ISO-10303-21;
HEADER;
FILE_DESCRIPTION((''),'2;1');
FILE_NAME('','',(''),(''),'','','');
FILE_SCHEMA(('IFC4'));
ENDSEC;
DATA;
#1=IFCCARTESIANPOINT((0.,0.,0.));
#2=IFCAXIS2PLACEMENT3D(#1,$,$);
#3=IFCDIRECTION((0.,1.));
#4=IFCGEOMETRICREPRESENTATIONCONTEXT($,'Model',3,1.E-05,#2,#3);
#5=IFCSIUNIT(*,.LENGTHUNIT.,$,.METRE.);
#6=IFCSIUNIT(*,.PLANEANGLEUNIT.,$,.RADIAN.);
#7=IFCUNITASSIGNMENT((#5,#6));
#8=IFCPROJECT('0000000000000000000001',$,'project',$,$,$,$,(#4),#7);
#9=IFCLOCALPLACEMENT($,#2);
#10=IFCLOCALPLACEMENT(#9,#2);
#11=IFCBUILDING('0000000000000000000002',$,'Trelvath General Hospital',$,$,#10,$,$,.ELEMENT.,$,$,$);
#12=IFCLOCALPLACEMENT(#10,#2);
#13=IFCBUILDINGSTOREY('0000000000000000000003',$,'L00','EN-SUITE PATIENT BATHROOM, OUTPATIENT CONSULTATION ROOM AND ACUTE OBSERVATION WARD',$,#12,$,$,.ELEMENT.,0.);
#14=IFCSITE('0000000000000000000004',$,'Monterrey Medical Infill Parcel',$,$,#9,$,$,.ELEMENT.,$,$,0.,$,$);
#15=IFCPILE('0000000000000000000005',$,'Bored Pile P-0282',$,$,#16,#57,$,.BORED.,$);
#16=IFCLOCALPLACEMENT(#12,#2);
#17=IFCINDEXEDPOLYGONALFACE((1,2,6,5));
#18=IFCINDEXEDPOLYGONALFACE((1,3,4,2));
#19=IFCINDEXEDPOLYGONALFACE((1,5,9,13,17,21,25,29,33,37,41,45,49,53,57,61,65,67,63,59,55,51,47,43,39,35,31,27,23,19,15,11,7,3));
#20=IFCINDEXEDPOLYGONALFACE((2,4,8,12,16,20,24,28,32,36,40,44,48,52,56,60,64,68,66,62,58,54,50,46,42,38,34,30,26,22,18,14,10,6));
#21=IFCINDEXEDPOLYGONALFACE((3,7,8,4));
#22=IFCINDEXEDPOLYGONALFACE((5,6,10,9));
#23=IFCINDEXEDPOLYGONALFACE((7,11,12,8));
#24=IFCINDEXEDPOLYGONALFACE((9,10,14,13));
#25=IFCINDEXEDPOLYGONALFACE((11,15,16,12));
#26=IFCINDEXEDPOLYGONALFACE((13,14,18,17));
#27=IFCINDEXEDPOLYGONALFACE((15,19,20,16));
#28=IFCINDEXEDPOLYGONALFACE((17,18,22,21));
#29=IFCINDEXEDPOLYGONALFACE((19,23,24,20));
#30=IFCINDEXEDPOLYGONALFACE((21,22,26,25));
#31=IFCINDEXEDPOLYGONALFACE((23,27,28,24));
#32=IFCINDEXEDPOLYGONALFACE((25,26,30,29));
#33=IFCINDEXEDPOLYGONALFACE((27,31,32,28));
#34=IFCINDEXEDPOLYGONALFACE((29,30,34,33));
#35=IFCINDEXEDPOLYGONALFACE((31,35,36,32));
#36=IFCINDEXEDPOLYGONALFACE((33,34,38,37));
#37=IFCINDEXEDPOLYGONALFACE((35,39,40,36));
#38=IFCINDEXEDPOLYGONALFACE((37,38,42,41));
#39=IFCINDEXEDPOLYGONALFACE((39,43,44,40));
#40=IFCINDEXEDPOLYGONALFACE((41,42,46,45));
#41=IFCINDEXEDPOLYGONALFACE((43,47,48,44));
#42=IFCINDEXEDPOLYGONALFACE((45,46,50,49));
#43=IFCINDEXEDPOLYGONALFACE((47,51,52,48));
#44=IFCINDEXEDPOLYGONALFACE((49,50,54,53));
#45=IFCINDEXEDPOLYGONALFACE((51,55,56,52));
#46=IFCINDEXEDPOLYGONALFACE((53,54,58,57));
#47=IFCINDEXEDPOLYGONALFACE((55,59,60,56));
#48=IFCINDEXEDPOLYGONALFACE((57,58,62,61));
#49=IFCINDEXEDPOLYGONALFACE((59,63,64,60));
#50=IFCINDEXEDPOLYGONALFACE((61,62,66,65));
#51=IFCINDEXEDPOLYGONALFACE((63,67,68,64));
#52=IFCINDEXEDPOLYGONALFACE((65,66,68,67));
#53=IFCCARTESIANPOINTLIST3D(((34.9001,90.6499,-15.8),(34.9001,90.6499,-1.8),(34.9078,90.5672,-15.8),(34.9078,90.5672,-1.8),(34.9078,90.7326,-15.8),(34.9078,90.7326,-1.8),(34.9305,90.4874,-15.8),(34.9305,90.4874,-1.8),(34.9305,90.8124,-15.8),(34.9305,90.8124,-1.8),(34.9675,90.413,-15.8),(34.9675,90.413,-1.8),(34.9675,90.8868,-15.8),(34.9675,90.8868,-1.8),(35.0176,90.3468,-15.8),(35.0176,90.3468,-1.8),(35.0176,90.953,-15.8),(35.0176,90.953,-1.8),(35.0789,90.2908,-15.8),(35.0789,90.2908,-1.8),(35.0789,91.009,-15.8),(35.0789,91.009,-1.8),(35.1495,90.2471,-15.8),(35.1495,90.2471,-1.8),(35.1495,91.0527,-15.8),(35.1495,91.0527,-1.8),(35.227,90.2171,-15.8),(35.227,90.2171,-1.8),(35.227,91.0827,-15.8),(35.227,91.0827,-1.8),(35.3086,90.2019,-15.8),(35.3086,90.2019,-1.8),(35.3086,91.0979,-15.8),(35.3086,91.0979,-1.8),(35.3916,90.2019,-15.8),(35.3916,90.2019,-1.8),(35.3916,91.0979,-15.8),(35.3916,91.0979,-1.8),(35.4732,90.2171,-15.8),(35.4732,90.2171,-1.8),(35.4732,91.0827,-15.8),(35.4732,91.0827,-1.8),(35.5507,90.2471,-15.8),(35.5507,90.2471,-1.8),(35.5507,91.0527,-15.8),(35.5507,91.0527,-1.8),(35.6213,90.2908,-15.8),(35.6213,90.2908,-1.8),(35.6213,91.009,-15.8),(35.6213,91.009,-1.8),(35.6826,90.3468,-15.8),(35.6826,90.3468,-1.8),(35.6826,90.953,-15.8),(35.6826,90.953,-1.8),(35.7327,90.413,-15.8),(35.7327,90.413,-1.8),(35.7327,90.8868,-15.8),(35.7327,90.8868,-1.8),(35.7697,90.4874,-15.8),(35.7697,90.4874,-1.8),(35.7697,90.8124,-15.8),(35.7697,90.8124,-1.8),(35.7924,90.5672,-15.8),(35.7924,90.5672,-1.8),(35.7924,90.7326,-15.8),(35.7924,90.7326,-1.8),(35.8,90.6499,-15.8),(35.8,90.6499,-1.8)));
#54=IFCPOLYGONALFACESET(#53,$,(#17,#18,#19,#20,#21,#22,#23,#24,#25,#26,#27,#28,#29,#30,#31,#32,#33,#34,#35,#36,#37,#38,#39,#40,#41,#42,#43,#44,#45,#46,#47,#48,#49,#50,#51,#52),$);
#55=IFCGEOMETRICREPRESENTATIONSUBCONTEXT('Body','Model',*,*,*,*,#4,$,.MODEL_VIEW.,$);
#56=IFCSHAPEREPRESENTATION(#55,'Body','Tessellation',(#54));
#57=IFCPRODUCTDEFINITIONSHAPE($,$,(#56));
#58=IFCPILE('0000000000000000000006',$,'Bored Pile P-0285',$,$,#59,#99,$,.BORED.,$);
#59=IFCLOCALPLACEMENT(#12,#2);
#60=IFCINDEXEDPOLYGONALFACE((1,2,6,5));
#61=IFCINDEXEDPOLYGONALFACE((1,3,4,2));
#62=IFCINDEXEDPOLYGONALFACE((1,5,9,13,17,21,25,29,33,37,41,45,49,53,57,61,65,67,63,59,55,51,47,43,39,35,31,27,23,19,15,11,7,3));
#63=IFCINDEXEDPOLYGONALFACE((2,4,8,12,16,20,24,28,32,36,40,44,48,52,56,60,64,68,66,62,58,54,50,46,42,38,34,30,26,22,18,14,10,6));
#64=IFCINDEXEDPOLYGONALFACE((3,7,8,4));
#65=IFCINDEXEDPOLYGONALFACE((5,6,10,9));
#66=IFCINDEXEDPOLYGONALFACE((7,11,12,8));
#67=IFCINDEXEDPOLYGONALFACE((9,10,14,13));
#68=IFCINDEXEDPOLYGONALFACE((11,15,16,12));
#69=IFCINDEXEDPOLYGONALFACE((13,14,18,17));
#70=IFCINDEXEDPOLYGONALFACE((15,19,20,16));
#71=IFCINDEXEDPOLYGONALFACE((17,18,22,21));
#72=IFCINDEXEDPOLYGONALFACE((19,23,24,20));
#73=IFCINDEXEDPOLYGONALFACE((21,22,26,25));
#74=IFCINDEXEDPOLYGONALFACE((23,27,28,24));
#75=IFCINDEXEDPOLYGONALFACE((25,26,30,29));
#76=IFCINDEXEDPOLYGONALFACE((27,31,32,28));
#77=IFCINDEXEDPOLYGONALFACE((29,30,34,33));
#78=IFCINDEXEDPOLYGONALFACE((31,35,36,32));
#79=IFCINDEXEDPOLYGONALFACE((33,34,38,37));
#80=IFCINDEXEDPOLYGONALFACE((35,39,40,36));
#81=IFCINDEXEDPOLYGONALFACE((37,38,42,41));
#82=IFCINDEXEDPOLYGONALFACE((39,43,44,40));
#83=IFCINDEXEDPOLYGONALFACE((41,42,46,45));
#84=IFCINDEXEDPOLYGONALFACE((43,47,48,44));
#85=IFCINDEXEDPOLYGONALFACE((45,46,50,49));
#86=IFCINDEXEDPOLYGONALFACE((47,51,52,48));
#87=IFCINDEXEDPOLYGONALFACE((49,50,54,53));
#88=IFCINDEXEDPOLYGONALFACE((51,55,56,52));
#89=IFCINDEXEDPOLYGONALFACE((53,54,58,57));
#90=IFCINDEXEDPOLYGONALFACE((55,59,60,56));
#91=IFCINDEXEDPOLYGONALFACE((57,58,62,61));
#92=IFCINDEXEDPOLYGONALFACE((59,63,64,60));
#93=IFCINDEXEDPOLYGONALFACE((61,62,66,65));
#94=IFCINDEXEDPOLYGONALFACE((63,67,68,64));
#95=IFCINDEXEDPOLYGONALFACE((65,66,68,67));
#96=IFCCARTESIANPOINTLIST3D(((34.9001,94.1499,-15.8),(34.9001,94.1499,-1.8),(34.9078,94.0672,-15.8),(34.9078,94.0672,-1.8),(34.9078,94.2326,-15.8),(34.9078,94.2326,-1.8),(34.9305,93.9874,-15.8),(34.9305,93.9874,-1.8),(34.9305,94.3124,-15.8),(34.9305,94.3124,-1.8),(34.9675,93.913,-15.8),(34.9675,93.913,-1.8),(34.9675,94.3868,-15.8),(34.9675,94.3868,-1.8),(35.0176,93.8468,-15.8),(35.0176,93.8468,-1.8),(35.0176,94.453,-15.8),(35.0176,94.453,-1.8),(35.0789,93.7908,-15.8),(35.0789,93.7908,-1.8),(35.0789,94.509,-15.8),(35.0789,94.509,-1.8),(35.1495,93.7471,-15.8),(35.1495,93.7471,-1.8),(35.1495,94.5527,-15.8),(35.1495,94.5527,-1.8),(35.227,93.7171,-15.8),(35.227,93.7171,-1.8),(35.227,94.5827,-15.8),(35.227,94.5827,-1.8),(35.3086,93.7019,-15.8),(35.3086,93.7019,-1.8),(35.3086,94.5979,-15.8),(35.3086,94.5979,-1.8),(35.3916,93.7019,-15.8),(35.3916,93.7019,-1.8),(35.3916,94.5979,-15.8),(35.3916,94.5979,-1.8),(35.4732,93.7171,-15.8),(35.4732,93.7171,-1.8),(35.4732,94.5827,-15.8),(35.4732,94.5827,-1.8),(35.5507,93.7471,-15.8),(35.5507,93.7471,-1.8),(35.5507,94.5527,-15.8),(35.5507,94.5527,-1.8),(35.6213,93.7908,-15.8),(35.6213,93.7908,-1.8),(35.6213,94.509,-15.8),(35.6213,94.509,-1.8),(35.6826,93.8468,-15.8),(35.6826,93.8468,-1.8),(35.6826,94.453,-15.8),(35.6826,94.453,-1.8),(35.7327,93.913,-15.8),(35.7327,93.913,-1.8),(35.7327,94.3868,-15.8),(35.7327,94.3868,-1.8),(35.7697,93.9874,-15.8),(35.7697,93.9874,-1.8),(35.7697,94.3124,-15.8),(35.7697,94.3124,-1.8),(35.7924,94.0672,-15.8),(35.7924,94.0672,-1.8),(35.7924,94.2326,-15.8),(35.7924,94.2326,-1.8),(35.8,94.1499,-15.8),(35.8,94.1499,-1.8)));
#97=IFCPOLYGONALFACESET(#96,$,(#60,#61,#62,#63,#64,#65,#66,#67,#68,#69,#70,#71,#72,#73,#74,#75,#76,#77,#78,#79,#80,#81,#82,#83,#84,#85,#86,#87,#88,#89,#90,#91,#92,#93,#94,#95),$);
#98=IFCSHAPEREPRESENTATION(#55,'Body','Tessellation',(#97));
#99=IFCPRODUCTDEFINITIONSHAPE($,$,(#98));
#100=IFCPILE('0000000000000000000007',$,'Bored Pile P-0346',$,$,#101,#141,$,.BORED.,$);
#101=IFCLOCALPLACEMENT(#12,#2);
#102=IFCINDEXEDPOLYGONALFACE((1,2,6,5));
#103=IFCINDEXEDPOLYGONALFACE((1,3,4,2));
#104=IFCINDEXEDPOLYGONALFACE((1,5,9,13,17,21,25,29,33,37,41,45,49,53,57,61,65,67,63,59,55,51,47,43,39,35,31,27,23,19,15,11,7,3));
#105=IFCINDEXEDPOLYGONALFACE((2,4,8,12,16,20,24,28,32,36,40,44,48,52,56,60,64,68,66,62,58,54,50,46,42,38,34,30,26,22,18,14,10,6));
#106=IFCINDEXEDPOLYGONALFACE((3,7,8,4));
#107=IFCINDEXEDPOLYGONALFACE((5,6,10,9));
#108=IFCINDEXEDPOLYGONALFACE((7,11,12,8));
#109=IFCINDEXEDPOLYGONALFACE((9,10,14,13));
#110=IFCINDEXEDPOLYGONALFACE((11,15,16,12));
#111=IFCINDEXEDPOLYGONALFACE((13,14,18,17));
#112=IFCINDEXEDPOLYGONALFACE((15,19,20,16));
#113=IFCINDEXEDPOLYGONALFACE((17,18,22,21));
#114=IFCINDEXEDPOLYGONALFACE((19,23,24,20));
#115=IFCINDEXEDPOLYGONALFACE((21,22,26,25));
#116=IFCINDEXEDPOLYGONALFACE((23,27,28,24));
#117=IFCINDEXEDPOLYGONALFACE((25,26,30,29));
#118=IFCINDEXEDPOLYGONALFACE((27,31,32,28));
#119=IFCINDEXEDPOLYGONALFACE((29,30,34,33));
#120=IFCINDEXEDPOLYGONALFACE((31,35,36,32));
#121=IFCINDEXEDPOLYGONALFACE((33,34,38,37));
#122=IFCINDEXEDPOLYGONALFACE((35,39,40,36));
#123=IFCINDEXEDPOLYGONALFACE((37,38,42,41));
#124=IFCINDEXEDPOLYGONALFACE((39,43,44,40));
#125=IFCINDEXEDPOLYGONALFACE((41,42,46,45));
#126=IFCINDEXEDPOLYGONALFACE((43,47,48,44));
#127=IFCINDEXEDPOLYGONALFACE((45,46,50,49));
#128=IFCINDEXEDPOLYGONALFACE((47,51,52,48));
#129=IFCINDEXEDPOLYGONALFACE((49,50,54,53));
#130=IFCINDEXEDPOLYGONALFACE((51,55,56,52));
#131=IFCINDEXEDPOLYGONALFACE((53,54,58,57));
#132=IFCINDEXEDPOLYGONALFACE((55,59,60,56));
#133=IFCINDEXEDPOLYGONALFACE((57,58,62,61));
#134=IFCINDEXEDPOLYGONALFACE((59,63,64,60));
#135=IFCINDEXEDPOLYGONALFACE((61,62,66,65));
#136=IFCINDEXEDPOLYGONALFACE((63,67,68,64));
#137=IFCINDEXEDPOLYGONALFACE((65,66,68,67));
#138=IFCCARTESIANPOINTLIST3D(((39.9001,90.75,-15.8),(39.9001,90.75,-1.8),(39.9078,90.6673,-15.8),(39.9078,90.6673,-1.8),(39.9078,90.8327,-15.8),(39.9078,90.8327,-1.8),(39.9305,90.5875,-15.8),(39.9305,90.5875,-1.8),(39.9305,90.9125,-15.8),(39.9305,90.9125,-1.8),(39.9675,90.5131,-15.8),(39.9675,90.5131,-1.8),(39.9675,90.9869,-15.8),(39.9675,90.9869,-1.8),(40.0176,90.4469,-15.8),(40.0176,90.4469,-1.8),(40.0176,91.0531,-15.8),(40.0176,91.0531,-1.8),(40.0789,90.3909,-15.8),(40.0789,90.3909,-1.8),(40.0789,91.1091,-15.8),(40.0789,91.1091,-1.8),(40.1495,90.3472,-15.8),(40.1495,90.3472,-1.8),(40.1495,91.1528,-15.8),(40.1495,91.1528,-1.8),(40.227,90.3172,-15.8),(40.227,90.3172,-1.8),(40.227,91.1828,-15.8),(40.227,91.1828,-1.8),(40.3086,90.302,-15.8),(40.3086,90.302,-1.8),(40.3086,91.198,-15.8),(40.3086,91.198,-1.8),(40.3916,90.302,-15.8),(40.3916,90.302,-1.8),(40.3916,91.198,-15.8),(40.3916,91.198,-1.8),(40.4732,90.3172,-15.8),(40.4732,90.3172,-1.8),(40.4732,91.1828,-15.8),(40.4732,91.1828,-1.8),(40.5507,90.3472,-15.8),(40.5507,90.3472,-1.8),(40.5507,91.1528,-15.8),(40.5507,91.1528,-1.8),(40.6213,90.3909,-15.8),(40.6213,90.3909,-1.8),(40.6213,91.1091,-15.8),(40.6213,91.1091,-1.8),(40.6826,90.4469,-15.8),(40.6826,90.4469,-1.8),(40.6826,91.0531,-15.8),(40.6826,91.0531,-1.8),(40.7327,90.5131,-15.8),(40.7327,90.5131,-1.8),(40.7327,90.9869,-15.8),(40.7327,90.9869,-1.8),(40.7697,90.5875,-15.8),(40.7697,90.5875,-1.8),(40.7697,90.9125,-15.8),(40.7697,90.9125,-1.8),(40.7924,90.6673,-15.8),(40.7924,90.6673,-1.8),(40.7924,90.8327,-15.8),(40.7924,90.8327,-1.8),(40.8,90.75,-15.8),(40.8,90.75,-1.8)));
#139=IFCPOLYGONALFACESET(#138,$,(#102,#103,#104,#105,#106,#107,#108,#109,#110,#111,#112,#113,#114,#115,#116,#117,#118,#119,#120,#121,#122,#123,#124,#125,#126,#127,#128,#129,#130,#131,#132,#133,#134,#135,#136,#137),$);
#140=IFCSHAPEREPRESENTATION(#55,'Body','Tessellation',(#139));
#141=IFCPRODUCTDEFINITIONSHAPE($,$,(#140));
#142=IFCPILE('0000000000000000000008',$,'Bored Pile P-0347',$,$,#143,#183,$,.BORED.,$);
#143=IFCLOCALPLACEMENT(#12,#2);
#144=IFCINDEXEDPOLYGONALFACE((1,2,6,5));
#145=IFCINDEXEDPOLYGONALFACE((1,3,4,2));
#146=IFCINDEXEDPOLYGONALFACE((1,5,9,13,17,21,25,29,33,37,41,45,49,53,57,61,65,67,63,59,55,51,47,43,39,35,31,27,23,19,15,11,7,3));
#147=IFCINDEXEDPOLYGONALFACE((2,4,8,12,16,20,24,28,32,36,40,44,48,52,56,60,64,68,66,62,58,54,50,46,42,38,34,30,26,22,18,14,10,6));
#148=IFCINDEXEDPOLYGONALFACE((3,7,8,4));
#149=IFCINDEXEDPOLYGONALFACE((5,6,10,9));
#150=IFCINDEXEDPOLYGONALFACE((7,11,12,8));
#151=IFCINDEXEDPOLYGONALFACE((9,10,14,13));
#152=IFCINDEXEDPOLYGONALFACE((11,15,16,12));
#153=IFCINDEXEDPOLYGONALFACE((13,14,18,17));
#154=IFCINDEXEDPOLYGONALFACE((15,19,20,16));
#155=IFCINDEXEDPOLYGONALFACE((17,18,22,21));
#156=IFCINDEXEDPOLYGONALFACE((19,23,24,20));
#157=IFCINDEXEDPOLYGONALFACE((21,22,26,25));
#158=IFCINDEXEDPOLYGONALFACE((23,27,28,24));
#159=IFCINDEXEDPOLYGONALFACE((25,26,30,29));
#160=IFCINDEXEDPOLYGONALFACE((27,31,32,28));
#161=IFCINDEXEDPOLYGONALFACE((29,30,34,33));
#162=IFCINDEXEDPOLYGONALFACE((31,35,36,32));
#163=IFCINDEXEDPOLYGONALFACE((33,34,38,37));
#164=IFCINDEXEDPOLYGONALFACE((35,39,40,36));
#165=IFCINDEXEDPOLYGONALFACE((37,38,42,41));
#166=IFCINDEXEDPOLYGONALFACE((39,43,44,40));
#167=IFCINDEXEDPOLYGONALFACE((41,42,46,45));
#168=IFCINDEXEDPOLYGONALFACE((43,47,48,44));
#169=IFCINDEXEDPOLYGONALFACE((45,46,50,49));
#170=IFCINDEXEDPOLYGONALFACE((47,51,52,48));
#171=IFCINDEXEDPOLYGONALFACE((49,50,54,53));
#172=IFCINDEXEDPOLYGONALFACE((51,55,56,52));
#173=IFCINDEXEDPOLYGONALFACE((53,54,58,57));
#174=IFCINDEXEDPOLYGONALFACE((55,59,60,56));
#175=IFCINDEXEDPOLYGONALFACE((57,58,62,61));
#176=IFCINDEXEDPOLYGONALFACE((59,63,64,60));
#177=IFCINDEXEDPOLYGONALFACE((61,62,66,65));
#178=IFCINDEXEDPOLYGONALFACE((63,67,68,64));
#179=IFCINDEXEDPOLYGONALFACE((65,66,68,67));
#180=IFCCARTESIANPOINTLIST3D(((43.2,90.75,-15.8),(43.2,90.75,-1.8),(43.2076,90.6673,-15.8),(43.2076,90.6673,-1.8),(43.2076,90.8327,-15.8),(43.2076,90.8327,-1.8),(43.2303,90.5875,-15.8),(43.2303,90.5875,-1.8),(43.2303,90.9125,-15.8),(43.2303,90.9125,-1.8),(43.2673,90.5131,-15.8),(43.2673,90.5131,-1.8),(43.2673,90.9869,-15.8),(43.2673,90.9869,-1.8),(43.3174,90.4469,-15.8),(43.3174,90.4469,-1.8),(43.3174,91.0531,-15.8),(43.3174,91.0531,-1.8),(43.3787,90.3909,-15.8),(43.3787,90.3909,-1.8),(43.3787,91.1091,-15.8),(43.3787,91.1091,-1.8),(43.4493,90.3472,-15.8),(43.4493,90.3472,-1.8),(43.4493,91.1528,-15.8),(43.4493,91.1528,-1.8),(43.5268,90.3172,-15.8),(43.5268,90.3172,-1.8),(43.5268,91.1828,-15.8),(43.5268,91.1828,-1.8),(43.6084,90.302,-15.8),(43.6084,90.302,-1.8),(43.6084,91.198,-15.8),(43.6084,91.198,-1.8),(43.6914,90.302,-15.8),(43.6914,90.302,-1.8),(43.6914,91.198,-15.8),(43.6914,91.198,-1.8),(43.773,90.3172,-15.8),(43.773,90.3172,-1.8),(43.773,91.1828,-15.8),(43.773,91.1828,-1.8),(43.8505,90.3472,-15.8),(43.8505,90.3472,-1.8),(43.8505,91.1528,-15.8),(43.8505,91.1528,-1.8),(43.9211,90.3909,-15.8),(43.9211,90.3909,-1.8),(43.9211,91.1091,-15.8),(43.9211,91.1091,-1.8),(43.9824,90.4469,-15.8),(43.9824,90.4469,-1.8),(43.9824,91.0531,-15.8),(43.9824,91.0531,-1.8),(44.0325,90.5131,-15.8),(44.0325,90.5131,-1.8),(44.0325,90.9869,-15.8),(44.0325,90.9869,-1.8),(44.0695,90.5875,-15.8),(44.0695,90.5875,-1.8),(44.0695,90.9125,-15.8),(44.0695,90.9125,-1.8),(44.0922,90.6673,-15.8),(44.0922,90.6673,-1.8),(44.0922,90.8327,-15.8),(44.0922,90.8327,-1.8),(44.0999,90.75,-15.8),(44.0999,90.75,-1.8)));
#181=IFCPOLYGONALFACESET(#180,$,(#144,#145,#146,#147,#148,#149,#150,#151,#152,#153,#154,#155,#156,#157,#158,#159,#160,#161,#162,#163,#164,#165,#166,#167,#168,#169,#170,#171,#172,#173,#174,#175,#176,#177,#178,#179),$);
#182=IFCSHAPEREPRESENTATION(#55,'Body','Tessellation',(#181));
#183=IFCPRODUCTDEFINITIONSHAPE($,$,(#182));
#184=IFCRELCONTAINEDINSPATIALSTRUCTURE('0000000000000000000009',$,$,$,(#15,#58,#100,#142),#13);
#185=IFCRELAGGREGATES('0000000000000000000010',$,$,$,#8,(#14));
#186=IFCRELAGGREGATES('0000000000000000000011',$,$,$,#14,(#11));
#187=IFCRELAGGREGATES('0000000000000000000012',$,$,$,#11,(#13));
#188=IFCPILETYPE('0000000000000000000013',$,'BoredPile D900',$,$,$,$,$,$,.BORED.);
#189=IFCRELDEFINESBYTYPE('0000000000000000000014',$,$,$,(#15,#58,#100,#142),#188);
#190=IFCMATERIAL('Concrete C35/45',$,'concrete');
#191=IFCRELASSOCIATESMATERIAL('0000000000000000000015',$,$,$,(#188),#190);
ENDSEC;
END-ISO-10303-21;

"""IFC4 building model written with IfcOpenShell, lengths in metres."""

from ifc_helpers import new_model, si_unit, direction, frame, origin, origin_2d, place, context, subcontext, project, spatial, circle, extrude, material, material_profile, profile_set, type_object, element, save


model = new_model("IFC4")

# Units and contexts
model_context = context("Model", 3, precision=1e-05, world=origin(), true_north=direction((0.0, 1.0)))
body_context = subcontext(model_context, "Body", "Model", "MODEL_VIEW")
ifc_project = project(units=[si_unit("LENGTHUNIT", "METRE"), si_unit("PLANEANGLEUNIT", "RADIAN")], contexts=[model_context])

# Site, building, storey
site_placement = place(None, origin())
site = spatial("IfcSite", under=ifc_project, at=site_placement, Name="Monterrey Medical Infill Parcel", CompositionType="ELEMENT", RefElevation=0.0)
building_placement = place(site_placement, origin())
building = spatial("IfcBuilding", under=site, at=building_placement, Name="Trelvath General Hospital", CompositionType="ELEMENT")
storey_placement = place(building_placement, origin())
storey = spatial("IfcBuildingStorey", under=building, at=storey_placement, Name="L00", Description="EN-SUITE PATIENT BATHROOM, OUTPATIENT CONSULTATION ROOM AND ACUTE OBSERVATION WARD", CompositionType="ELEMENT", Elevation=0.0)

# Piles
ifc_material_1 = material(Name="Concrete C35/45", Category="concrete")
ifc_material_profile_1 = material_profile(ifc_material_1, circle(Radius=0.45, at=origin_2d()), Name="PILE900")
ifc_profile_set_1 = profile_set([ifc_material_profile_1], Name="Concrete C35/45")
pile_type = type_object("IfcPileType", Name="BoredPile D900", PredefinedType="BORED", material=ifc_profile_set_1)
for number, where, z_axis, x_axis, name in (
    (1, (35.3501, 90.6499, -1.8), (0.0, 0.0, -1.0), (1.0, 0.0, 0.0), "Bored Pile P-0282"),
    (2, (35.3501, 94.1499, -1.8), (0.0, 0.0, -1.0), (1.0, 0.0, 0.0), "Bored Pile P-0285"),
    (3, (40.3501, 90.75, -1.8), (0.0, 0.0, -1.0), (1.0, 0.0, 0.0), "Bored Pile P-0346"),
    (4, (43.6499, 90.75, -1.8), (0.0, 0.0, -1.0), (1.0, 0.0, 0.0), "Bored Pile P-0347"),
):
    element("IfcPile", number, at=place(storey_placement, frame(where, z_axis=z_axis, x_axis=x_axis)), inside=storey, type_object=pile_type, Name=name, PredefinedType="BORED", context=body_context, shape_type="SweptSolid", body=[
        extrude(circle(Radius=0.45, at=origin_2d()), origin(), (0.0, 0.0, 1.0), 14.0),
    ])

save(model, "model.ifc")
